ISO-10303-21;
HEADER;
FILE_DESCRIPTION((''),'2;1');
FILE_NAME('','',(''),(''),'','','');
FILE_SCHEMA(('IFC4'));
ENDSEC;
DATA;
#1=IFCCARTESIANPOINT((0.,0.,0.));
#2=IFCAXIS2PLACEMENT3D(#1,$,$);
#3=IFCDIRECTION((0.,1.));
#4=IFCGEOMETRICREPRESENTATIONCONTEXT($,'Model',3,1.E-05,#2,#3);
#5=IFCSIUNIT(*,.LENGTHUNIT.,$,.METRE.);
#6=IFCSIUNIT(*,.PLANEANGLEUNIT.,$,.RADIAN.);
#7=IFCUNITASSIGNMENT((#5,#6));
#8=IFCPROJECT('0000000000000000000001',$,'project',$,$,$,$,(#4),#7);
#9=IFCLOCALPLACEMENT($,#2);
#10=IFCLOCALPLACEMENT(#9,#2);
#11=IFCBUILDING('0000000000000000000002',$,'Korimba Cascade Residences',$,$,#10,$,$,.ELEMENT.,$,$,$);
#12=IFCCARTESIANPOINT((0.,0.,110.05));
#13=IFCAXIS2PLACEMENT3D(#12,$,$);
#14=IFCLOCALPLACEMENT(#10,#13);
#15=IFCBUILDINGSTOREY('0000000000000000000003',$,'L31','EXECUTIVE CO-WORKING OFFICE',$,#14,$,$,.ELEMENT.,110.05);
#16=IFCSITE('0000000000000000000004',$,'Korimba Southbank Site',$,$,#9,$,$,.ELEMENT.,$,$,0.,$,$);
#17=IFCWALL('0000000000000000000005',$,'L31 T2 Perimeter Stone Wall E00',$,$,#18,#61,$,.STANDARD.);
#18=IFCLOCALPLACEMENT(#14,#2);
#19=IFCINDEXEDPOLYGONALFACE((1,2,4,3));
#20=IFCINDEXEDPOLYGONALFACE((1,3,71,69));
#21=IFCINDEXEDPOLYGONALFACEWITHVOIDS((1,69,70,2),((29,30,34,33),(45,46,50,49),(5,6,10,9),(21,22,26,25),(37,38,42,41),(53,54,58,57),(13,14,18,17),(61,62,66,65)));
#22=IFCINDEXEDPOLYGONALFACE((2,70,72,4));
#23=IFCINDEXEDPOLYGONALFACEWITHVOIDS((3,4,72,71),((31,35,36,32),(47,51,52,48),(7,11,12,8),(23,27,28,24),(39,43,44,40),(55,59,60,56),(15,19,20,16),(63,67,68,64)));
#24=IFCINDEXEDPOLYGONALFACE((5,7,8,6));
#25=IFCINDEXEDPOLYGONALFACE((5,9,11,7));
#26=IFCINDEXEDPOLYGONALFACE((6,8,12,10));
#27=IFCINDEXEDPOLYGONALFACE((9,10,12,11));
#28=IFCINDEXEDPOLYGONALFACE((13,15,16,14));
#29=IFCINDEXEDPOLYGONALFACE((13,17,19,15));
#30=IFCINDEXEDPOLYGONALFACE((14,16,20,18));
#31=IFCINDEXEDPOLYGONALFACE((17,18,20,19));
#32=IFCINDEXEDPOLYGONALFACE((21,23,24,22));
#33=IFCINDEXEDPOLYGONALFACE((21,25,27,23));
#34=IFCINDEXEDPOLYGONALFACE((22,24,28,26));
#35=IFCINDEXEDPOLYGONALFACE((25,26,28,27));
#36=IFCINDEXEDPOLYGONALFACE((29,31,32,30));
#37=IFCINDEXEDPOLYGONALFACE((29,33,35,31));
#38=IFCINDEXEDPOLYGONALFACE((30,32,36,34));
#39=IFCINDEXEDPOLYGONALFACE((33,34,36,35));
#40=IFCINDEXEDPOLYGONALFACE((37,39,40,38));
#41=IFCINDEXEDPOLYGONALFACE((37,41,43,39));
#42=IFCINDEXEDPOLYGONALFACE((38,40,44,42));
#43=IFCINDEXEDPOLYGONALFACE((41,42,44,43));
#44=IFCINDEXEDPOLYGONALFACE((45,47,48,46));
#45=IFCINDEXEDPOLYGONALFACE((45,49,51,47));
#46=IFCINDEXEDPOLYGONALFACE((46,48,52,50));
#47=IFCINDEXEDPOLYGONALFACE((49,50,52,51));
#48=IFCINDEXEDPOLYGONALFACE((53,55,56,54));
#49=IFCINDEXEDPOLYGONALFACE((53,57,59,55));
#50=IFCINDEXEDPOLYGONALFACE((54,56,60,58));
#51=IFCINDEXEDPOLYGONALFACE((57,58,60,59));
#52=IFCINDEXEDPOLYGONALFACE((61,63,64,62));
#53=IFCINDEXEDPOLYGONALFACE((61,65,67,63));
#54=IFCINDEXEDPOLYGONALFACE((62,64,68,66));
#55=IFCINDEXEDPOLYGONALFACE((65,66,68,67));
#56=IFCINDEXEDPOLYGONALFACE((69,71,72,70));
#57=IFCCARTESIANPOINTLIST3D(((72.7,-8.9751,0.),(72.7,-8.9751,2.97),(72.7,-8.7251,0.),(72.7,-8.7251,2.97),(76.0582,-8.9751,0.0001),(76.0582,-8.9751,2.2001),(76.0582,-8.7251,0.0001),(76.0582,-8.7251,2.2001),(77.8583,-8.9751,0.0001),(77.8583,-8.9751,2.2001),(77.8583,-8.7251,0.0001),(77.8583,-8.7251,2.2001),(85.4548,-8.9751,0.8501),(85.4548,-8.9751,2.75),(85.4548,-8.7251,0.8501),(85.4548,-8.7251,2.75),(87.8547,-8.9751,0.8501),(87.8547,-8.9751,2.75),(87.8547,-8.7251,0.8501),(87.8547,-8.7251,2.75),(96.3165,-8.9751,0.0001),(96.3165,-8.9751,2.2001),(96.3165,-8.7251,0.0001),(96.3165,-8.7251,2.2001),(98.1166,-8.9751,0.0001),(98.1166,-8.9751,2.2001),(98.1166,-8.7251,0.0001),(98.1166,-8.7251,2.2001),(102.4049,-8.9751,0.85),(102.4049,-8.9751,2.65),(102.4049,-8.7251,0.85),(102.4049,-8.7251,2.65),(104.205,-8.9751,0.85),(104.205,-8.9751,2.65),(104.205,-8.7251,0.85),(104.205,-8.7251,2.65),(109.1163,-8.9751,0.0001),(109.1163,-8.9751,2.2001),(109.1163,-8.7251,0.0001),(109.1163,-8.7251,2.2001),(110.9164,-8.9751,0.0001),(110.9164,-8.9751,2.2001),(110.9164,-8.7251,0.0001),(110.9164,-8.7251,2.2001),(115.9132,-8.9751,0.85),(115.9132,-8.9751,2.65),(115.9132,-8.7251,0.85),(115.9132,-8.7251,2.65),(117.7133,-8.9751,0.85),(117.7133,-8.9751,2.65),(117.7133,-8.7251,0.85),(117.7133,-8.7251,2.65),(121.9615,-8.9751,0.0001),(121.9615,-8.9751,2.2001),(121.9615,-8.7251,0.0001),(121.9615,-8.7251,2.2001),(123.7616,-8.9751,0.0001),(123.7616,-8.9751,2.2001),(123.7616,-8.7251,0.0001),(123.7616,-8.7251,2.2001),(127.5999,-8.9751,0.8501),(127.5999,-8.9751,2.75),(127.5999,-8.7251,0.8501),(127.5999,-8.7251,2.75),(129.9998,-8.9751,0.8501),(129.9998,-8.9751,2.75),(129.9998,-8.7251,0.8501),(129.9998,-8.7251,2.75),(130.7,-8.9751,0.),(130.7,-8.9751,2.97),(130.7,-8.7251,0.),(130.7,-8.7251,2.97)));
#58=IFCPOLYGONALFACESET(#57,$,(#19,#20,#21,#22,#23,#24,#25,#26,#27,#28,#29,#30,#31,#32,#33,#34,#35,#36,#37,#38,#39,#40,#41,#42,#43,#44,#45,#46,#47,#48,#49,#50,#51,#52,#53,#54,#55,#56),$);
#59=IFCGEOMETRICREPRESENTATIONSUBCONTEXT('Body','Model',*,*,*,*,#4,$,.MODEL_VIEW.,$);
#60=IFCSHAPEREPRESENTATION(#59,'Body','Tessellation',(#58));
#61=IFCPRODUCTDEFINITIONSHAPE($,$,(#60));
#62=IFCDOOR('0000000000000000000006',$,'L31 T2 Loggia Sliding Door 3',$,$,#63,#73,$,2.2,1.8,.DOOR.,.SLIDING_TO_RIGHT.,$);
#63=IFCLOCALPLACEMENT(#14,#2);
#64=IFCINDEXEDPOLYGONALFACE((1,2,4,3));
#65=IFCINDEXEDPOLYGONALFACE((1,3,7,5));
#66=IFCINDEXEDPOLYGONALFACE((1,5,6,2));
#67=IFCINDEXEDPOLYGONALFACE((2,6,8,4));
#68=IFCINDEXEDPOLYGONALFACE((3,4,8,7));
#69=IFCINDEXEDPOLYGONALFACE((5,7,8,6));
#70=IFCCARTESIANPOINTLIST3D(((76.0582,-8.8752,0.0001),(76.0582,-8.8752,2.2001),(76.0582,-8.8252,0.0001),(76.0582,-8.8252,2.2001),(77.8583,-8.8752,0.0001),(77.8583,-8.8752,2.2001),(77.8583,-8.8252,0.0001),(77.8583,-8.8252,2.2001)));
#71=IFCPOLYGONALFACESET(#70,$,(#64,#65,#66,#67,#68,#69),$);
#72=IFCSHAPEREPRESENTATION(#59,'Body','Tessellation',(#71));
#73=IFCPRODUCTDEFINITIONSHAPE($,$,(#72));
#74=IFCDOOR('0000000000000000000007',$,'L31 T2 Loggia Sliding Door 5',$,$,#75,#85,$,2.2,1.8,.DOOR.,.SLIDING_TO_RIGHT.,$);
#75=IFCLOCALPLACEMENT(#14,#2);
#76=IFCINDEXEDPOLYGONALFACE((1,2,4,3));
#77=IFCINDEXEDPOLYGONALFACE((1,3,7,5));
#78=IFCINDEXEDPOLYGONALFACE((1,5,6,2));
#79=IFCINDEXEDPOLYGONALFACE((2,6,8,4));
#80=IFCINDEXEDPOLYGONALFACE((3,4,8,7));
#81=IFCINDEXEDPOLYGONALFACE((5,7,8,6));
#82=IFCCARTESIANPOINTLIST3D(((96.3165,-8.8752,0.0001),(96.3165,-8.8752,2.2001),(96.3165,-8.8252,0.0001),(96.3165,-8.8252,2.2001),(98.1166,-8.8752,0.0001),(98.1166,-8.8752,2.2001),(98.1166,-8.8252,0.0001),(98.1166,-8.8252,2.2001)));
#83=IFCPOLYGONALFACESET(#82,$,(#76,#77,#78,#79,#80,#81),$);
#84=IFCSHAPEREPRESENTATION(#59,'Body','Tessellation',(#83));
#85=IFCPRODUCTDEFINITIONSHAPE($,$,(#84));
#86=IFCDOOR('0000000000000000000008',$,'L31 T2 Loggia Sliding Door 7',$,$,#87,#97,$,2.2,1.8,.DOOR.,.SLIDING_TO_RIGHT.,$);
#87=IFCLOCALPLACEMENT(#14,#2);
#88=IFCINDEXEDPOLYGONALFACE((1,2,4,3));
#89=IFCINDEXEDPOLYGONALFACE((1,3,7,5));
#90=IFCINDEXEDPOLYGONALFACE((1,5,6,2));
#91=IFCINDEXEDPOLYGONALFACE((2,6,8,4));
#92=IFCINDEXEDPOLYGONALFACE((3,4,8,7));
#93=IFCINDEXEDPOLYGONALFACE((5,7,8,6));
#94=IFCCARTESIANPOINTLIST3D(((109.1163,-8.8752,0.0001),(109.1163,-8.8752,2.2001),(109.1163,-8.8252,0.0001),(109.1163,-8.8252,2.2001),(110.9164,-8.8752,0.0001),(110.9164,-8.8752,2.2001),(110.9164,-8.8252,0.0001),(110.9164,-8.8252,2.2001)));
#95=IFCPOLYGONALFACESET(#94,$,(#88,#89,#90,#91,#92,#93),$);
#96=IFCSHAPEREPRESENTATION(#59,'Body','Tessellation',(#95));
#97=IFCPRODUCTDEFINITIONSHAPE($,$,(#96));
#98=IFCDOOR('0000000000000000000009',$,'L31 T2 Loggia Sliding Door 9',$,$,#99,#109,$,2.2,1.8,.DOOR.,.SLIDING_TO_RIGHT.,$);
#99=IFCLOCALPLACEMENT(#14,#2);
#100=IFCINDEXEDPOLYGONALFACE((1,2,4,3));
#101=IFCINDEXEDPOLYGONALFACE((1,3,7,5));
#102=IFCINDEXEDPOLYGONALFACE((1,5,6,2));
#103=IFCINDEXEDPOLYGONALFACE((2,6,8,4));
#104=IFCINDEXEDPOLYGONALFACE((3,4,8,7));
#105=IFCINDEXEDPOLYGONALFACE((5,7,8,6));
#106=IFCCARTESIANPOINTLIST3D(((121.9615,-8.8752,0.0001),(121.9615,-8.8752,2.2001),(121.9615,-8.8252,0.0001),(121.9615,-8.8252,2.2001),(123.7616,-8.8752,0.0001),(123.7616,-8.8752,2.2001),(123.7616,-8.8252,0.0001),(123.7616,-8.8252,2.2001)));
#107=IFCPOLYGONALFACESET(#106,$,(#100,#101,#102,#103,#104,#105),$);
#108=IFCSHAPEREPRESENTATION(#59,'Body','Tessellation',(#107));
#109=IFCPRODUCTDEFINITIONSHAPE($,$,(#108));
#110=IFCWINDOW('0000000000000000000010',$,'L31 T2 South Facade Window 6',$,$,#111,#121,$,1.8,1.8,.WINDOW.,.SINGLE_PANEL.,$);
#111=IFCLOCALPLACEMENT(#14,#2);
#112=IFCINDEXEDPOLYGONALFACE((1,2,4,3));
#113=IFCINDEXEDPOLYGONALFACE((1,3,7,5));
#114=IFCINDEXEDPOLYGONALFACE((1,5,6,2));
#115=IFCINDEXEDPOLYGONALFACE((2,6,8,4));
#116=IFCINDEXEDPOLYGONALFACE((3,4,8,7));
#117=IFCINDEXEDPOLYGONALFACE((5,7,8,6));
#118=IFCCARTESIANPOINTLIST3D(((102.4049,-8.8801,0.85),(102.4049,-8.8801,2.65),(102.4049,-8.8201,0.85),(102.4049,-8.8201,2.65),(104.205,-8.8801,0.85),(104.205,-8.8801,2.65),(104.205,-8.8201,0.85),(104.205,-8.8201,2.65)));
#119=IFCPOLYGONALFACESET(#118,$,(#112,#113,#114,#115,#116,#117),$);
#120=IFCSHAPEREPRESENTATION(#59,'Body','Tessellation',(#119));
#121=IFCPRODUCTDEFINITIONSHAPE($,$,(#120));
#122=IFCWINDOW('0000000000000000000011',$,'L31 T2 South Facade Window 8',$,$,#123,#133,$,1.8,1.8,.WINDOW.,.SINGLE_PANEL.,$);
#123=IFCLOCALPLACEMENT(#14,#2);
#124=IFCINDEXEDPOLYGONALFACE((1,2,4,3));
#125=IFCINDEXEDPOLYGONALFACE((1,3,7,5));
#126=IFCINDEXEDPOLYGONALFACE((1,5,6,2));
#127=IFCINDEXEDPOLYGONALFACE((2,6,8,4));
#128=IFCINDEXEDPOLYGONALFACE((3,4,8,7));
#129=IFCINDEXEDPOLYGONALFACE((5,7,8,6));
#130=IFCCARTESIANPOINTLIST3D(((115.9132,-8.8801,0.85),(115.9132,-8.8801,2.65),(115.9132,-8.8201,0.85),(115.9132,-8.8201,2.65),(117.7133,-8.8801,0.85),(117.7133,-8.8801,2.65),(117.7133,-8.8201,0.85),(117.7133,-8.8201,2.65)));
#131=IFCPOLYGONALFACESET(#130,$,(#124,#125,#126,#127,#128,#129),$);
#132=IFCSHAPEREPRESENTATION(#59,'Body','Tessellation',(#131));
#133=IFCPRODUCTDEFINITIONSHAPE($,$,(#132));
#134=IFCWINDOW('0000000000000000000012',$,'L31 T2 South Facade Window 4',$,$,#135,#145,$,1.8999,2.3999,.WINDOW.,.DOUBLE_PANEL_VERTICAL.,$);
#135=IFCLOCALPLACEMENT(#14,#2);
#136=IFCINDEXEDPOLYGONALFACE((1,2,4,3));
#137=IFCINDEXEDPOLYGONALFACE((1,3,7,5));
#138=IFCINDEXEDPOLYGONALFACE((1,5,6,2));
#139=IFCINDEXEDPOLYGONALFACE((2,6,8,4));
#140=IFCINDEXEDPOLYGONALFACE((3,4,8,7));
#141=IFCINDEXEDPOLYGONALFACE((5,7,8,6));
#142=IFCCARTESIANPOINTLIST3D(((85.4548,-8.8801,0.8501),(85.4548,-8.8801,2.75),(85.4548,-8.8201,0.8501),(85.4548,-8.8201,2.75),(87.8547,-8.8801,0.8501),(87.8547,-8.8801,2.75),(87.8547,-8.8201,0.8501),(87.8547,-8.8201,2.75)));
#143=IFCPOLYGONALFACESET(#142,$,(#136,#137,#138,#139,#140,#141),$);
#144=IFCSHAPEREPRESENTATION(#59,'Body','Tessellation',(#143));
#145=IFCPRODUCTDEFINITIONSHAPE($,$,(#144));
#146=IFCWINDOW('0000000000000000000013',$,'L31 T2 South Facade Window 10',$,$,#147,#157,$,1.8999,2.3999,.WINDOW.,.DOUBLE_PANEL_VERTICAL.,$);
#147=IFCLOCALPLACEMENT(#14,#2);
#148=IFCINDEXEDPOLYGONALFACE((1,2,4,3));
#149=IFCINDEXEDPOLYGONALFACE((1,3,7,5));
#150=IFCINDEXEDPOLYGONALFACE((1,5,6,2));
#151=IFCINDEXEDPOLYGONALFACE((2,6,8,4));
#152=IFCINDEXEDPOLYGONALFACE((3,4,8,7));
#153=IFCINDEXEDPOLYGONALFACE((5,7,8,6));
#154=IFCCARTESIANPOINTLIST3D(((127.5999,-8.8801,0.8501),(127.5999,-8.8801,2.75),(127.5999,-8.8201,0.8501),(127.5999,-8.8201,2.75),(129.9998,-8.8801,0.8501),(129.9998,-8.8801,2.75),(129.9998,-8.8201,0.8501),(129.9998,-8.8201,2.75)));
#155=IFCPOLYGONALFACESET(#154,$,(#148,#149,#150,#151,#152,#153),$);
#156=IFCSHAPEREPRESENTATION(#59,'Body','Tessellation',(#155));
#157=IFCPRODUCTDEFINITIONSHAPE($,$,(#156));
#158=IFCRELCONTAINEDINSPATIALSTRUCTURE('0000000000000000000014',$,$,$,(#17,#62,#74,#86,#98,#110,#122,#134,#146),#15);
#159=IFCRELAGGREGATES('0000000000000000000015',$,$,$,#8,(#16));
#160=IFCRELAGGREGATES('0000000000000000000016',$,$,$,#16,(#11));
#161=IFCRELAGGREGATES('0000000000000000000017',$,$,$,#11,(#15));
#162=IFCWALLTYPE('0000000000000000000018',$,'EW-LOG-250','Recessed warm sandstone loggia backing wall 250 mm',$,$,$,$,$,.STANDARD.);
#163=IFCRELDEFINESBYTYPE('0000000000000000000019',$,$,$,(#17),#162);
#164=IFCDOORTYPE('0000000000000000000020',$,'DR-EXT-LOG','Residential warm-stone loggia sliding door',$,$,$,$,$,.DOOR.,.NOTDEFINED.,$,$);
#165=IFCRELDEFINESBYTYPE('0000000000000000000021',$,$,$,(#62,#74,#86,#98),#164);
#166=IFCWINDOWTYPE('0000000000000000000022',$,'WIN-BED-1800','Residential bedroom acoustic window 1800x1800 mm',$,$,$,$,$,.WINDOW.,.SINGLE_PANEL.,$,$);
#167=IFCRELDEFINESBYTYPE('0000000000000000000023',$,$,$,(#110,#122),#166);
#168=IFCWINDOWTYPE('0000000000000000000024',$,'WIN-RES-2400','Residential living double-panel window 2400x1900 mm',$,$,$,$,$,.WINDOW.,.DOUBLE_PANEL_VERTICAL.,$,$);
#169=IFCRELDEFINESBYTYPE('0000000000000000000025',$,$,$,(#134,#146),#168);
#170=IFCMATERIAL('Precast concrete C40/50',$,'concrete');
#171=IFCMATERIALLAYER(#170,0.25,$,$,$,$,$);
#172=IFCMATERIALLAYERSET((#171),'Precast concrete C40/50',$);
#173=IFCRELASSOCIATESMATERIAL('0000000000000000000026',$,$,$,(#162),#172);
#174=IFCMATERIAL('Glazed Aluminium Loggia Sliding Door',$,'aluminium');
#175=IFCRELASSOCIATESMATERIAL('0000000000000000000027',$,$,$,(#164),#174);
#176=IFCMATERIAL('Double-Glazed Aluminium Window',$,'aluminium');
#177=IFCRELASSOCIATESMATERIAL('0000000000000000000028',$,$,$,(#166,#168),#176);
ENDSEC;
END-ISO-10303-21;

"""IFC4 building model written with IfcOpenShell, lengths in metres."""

from ifc_helpers import new_model, si_unit, direction, frame, frame_2d, origin, place, context, subcontext, project, spatial, rectangle, extrude, material, layer, layer_set, type_object, element, fill, save


model = new_model("IFC4")

# Units and contexts
model_context = context("Model", 3, precision=1e-05, world=origin(), true_north=direction((0.0, 1.0)))
body_context = subcontext(model_context, "Body", "Model", "MODEL_VIEW")
ifc_project = project(units=[si_unit("LENGTHUNIT", "METRE"), si_unit("PLANEANGLEUNIT", "RADIAN")], contexts=[model_context])

# Site, building, storey
site_placement = place(None, origin())
site = spatial("IfcSite", under=ifc_project, at=site_placement, Name="Korimba Southbank Site", CompositionType="ELEMENT", RefElevation=0.0)
building_placement = place(site_placement, origin())
building = spatial("IfcBuilding", under=site, at=building_placement, Name="Korimba Cascade Residences", CompositionType="ELEMENT")
storey_placement = place(building_placement, frame((0.0, 0.0, 110.05)))
storey = spatial("IfcBuildingStorey", under=building, at=storey_placement, Name="L31", Description="EXECUTIVE CO-WORKING OFFICE", CompositionType="ELEMENT", Elevation=110.05)

# Wall, openings, doors, windows
ifc_material_1 = material(Name="Precast concrete C40/50", Category="concrete")
ifc_layer_1 = layer(ifc_material_1, 0.25)
ifc_layer_set_1 = layer_set([ifc_layer_1], Name="Precast concrete C40/50")
wall_type_1 = type_object("IfcWallType", Name="EW-LOG-250", Description="Recessed warm sandstone loggia backing wall 250 mm", PredefinedType="STANDARD", material=ifc_layer_set_1)
wall_1_placement = place(storey_placement, frame((72.7, -8.8501, 0.0), z_axis=(0.0, 0.0, 1.0), x_axis=(1.0, 0.0, 0.0)))
wall_1 = element("IfcWall", 1, at=wall_1_placement, inside=storey, type_object=wall_type_1, Name="L31 T2 Perimeter Stone Wall E00", PredefinedType="STANDARD", context=body_context, shape_type="SweptSolid", body=[
    extrude(rectangle(XDim=58.0, YDim=0.25, at=frame_2d((29.0, 0.0))), origin(), (0.0, 0.0, 1.0), 2.97),
])
opening_1_placement = place(wall_1_placement, frame((3.3584, 0.0, 0.0)))
opening_1 = element("IfcOpeningElement", 2, at=opening_1_placement, cuts=wall_1, PredefinedType="OPENING", context=body_context, shape_type="SweptSolid", body=[
    extrude(rectangle(XDim=1.8, YDim=2.2, at=frame_2d((0.8999, 1.1001))), frame((0.0, 0.135, 0.0), z_axis=(0.0, -1.0, 0.0), x_axis=(1.0, 0.0, 0.0)), (0.0, 0.0, 1.0), 0.27),
])
opening_2_placement = place(wall_1_placement, frame((12.7549, 0.0, 0.8501)))
opening_2 = element("IfcOpeningElement", 3, at=opening_2_placement, cuts=wall_1, PredefinedType="OPENING", context=body_context, shape_type="SweptSolid", body=[
    extrude(rectangle(XDim=2.3999, YDim=1.8999, at=frame_2d((1.2, 0.95))), frame((0.0, 0.135, 0.0), z_axis=(0.0, -1.0, 0.0), x_axis=(1.0, 0.0, 0.0)), (0.0, 0.0, 1.0), 0.27),
])
opening_3_placement = place(wall_1_placement, frame((23.6167, 0.0, 0.0)))
opening_3 = element("IfcOpeningElement", 4, at=opening_3_placement, cuts=wall_1, PredefinedType="OPENING", context=body_context, shape_type="SweptSolid", body=[
    extrude(rectangle(XDim=1.8, YDim=2.2, at=frame_2d((0.8999, 1.1001))), frame((0.0, 0.135, 0.0), z_axis=(0.0, -1.0, 0.0), x_axis=(1.0, 0.0, 0.0)), (0.0, 0.0, 1.0), 0.27),
])
opening_4_placement = place(wall_1_placement, frame((29.7051, 0.0, 0.8501)))
opening_4 = element("IfcOpeningElement", 5, at=opening_4_placement, cuts=wall_1, PredefinedType="OPENING", context=body_context, shape_type="SweptSolid", body=[
    extrude(rectangle(XDim=1.8, YDim=1.8, at=frame_2d((0.8999, 0.8999))), frame((0.0, 0.135, 0.0), z_axis=(0.0, -1.0, 0.0), x_axis=(1.0, 0.0, 0.0)), (0.0, 0.0, 1.0), 0.27),
])
opening_5_placement = place(wall_1_placement, frame((36.4165, 0.0, 0.0)))
opening_5 = element("IfcOpeningElement", 6, at=opening_5_placement, cuts=wall_1, PredefinedType="OPENING", context=body_context, shape_type="SweptSolid", body=[
    extrude(rectangle(XDim=1.8, YDim=2.2, at=frame_2d((0.8999, 1.1001))), frame((0.0, 0.135, 0.0), z_axis=(0.0, -1.0, 0.0), x_axis=(1.0, 0.0, 0.0)), (0.0, 0.0, 1.0), 0.27),
])
opening_6_placement = place(wall_1_placement, frame((43.2134, 0.0, 0.8501)))
opening_6 = element("IfcOpeningElement", 7, at=opening_6_placement, cuts=wall_1, PredefinedType="OPENING", context=body_context, shape_type="SweptSolid", body=[
    extrude(rectangle(XDim=1.8, YDim=1.8, at=frame_2d((0.8999, 0.8999))), frame((0.0, 0.135, 0.0), z_axis=(0.0, -1.0, 0.0), x_axis=(1.0, 0.0, 0.0)), (0.0, 0.0, 1.0), 0.27),
])
opening_7_placement = place(wall_1_placement, frame((49.2617, 0.0, 0.0)))
opening_7 = element("IfcOpeningElement", 8, at=opening_7_placement, cuts=wall_1, PredefinedType="OPENING", context=body_context, shape_type="SweptSolid", body=[
    extrude(rectangle(XDim=1.8, YDim=2.2, at=frame_2d((0.8999, 1.1001))), frame((0.0, 0.135, 0.0), z_axis=(0.0, -1.0, 0.0), x_axis=(1.0, 0.0, 0.0)), (0.0, 0.0, 1.0), 0.27),
])
opening_8_placement = place(wall_1_placement, frame((54.8999, 0.0, 0.8501)))
opening_8 = element("IfcOpeningElement", 9, at=opening_8_placement, cuts=wall_1, PredefinedType="OPENING", context=body_context, shape_type="SweptSolid", body=[
    extrude(rectangle(XDim=2.3999, YDim=1.8999, at=frame_2d((1.2, 0.95))), frame((0.0, 0.135, 0.0), z_axis=(0.0, -1.0, 0.0), x_axis=(1.0, 0.0, 0.0)), (0.0, 0.0, 1.0), 0.27),
])
ifc_material_2 = material(Name="Glazed Aluminium Loggia Sliding Door", Category="aluminium")
door_type_1 = type_object("IfcDoorType", Name="DR-EXT-LOG", Description="Residential warm-stone loggia sliding door", OperationType="NOTDEFINED", PredefinedType="DOOR", material=ifc_material_2)
door_1_placement = place(opening_1_placement, origin())
door_1 = element("IfcDoor", 10, at=door_1_placement, inside=storey, type_object=door_type_1, Name="L31 T2 Loggia Sliding Door 3", OperationType="SLIDING_TO_RIGHT", OverallHeight=2.2, OverallWidth=1.8, PredefinedType="DOOR", context=body_context, shape_type="SweptSolid", body=[
    extrude(rectangle(XDim=1.8, YDim=2.2, at=frame_2d((0.8999, 1.1001))), frame((0.0, 0.0249, 0.0), z_axis=(0.0, -1.0, 0.0), x_axis=(1.0, 0.0, 0.0)), (0.0, 0.0, 1.0), 0.05),
])
fill(opening_1, door_1)
door_2_placement = place(opening_3_placement, origin())
door_2 = element("IfcDoor", 11, at=door_2_placement, inside=storey, type_object=door_type_1, Name="L31 T2 Loggia Sliding Door 5", OperationType="SLIDING_TO_RIGHT", OverallHeight=2.2, OverallWidth=1.8, PredefinedType="DOOR", context=body_context, shape_type="SweptSolid", body=[
    extrude(rectangle(XDim=1.8, YDim=2.2, at=frame_2d((0.8999, 1.1001))), frame((0.0, 0.0249, 0.0), z_axis=(0.0, -1.0, 0.0), x_axis=(1.0, 0.0, 0.0)), (0.0, 0.0, 1.0), 0.05),
])
fill(opening_3, door_2)
door_3_placement = place(opening_5_placement, origin())
door_3 = element("IfcDoor", 12, at=door_3_placement, inside=storey, type_object=door_type_1, Name="L31 T2 Loggia Sliding Door 7", OperationType="SLIDING_TO_RIGHT", OverallHeight=2.2, OverallWidth=1.8, PredefinedType="DOOR", context=body_context, shape_type="SweptSolid", body=[
    extrude(rectangle(XDim=1.8, YDim=2.2, at=frame_2d((0.8999, 1.1001))), frame((0.0, 0.0249, 0.0), z_axis=(0.0, -1.0, 0.0), x_axis=(1.0, 0.0, 0.0)), (0.0, 0.0, 1.0), 0.05),
])
fill(opening_5, door_3)
door_4_placement = place(opening_7_placement, origin())
door_4 = element("IfcDoor", 13, at=door_4_placement, inside=storey, type_object=door_type_1, Name="L31 T2 Loggia Sliding Door 9", OperationType="SLIDING_TO_RIGHT", OverallHeight=2.2, OverallWidth=1.8, PredefinedType="DOOR", context=body_context, shape_type="SweptSolid", body=[
    extrude(rectangle(XDim=1.8, YDim=2.2, at=frame_2d((0.8999, 1.1001))), frame((0.0, 0.0249, 0.0), z_axis=(0.0, -1.0, 0.0), x_axis=(1.0, 0.0, 0.0)), (0.0, 0.0, 1.0), 0.05),
])
fill(opening_7, door_4)
ifc_material_3 = material(Name="Double-Glazed Aluminium Window", Category="aluminium")
window_type_1 = type_object("IfcWindowType", Name="WIN-BED-1800", Description="Residential bedroom acoustic window 1800x1800 mm", PartitioningType="SINGLE_PANEL", PredefinedType="WINDOW", material=ifc_material_3)
window_1_placement = place(opening_4_placement, origin())
window_1 = element("IfcWindow", 14, at=window_1_placement, inside=storey, type_object=window_type_1, Name="L31 T2 South Facade Window 6", OverallHeight=1.8, OverallWidth=1.8, PartitioningType="SINGLE_PANEL", PredefinedType="WINDOW", context=body_context, shape_type="SweptSolid", body=[
    extrude(rectangle(XDim=1.8, YDim=1.8, at=frame_2d((0.8999, 0.8999))), frame((0.0, 0.03, 0.0), z_axis=(0.0, -1.0, 0.0), x_axis=(1.0, 0.0, 0.0)), (0.0, 0.0, 1.0), 0.0601),
])
fill(opening_4, window_1)
window_2_placement = place(opening_6_placement, origin())
window_2 = element("IfcWindow", 15, at=window_2_placement, inside=storey, type_object=window_type_1, Name="L31 T2 South Facade Window 8", OverallHeight=1.8, OverallWidth=1.8, PartitioningType="SINGLE_PANEL", PredefinedType="WINDOW", context=body_context, shape_type="SweptSolid", body=[
    extrude(rectangle(XDim=1.8, YDim=1.8, at=frame_2d((0.8999, 0.8999))), frame((0.0, 0.03, 0.0), z_axis=(0.0, -1.0, 0.0), x_axis=(1.0, 0.0, 0.0)), (0.0, 0.0, 1.0), 0.0601),
])
fill(opening_6, window_2)
window_type_2 = type_object("IfcWindowType", Name="WIN-RES-2400", Description="Residential living double-panel window 2400x1900 mm", PartitioningType="DOUBLE_PANEL_VERTICAL", PredefinedType="WINDOW", material=ifc_material_3)
window_3_placement = place(opening_2_placement, origin())
window_3 = element("IfcWindow", 16, at=window_3_placement, inside=storey, type_object=window_type_2, Name="L31 T2 South Facade Window 4", OverallHeight=1.8999, OverallWidth=2.3999, PartitioningType="DOUBLE_PANEL_VERTICAL", PredefinedType="WINDOW", context=body_context, shape_type="SweptSolid", body=[
    extrude(rectangle(XDim=2.3999, YDim=1.8999, at=frame_2d((1.2, 0.95))), frame((0.0, 0.03, 0.0), z_axis=(0.0, -1.0, 0.0), x_axis=(1.0, 0.0, 0.0)), (0.0, 0.0, 1.0), 0.0601),
])
fill(opening_2, window_3)
window_4_placement = place(opening_8_placement, origin())
window_4 = element("IfcWindow", 17, at=window_4_placement, inside=storey, type_object=window_type_2, Name="L31 T2 South Facade Window 10", OverallHeight=1.8999, OverallWidth=2.3999, PartitioningType="DOUBLE_PANEL_VERTICAL", PredefinedType="WINDOW", context=body_context, shape_type="SweptSolid", body=[
    extrude(rectangle(XDim=2.3999, YDim=1.8999, at=frame_2d((1.2, 0.95))), frame((0.0, 0.03, 0.0), z_axis=(0.0, -1.0, 0.0), x_axis=(1.0, 0.0, 0.0)), (0.0, 0.0, 1.0), 0.0601),
])
fill(opening_8, window_4)

save(model, "model.ifc")
